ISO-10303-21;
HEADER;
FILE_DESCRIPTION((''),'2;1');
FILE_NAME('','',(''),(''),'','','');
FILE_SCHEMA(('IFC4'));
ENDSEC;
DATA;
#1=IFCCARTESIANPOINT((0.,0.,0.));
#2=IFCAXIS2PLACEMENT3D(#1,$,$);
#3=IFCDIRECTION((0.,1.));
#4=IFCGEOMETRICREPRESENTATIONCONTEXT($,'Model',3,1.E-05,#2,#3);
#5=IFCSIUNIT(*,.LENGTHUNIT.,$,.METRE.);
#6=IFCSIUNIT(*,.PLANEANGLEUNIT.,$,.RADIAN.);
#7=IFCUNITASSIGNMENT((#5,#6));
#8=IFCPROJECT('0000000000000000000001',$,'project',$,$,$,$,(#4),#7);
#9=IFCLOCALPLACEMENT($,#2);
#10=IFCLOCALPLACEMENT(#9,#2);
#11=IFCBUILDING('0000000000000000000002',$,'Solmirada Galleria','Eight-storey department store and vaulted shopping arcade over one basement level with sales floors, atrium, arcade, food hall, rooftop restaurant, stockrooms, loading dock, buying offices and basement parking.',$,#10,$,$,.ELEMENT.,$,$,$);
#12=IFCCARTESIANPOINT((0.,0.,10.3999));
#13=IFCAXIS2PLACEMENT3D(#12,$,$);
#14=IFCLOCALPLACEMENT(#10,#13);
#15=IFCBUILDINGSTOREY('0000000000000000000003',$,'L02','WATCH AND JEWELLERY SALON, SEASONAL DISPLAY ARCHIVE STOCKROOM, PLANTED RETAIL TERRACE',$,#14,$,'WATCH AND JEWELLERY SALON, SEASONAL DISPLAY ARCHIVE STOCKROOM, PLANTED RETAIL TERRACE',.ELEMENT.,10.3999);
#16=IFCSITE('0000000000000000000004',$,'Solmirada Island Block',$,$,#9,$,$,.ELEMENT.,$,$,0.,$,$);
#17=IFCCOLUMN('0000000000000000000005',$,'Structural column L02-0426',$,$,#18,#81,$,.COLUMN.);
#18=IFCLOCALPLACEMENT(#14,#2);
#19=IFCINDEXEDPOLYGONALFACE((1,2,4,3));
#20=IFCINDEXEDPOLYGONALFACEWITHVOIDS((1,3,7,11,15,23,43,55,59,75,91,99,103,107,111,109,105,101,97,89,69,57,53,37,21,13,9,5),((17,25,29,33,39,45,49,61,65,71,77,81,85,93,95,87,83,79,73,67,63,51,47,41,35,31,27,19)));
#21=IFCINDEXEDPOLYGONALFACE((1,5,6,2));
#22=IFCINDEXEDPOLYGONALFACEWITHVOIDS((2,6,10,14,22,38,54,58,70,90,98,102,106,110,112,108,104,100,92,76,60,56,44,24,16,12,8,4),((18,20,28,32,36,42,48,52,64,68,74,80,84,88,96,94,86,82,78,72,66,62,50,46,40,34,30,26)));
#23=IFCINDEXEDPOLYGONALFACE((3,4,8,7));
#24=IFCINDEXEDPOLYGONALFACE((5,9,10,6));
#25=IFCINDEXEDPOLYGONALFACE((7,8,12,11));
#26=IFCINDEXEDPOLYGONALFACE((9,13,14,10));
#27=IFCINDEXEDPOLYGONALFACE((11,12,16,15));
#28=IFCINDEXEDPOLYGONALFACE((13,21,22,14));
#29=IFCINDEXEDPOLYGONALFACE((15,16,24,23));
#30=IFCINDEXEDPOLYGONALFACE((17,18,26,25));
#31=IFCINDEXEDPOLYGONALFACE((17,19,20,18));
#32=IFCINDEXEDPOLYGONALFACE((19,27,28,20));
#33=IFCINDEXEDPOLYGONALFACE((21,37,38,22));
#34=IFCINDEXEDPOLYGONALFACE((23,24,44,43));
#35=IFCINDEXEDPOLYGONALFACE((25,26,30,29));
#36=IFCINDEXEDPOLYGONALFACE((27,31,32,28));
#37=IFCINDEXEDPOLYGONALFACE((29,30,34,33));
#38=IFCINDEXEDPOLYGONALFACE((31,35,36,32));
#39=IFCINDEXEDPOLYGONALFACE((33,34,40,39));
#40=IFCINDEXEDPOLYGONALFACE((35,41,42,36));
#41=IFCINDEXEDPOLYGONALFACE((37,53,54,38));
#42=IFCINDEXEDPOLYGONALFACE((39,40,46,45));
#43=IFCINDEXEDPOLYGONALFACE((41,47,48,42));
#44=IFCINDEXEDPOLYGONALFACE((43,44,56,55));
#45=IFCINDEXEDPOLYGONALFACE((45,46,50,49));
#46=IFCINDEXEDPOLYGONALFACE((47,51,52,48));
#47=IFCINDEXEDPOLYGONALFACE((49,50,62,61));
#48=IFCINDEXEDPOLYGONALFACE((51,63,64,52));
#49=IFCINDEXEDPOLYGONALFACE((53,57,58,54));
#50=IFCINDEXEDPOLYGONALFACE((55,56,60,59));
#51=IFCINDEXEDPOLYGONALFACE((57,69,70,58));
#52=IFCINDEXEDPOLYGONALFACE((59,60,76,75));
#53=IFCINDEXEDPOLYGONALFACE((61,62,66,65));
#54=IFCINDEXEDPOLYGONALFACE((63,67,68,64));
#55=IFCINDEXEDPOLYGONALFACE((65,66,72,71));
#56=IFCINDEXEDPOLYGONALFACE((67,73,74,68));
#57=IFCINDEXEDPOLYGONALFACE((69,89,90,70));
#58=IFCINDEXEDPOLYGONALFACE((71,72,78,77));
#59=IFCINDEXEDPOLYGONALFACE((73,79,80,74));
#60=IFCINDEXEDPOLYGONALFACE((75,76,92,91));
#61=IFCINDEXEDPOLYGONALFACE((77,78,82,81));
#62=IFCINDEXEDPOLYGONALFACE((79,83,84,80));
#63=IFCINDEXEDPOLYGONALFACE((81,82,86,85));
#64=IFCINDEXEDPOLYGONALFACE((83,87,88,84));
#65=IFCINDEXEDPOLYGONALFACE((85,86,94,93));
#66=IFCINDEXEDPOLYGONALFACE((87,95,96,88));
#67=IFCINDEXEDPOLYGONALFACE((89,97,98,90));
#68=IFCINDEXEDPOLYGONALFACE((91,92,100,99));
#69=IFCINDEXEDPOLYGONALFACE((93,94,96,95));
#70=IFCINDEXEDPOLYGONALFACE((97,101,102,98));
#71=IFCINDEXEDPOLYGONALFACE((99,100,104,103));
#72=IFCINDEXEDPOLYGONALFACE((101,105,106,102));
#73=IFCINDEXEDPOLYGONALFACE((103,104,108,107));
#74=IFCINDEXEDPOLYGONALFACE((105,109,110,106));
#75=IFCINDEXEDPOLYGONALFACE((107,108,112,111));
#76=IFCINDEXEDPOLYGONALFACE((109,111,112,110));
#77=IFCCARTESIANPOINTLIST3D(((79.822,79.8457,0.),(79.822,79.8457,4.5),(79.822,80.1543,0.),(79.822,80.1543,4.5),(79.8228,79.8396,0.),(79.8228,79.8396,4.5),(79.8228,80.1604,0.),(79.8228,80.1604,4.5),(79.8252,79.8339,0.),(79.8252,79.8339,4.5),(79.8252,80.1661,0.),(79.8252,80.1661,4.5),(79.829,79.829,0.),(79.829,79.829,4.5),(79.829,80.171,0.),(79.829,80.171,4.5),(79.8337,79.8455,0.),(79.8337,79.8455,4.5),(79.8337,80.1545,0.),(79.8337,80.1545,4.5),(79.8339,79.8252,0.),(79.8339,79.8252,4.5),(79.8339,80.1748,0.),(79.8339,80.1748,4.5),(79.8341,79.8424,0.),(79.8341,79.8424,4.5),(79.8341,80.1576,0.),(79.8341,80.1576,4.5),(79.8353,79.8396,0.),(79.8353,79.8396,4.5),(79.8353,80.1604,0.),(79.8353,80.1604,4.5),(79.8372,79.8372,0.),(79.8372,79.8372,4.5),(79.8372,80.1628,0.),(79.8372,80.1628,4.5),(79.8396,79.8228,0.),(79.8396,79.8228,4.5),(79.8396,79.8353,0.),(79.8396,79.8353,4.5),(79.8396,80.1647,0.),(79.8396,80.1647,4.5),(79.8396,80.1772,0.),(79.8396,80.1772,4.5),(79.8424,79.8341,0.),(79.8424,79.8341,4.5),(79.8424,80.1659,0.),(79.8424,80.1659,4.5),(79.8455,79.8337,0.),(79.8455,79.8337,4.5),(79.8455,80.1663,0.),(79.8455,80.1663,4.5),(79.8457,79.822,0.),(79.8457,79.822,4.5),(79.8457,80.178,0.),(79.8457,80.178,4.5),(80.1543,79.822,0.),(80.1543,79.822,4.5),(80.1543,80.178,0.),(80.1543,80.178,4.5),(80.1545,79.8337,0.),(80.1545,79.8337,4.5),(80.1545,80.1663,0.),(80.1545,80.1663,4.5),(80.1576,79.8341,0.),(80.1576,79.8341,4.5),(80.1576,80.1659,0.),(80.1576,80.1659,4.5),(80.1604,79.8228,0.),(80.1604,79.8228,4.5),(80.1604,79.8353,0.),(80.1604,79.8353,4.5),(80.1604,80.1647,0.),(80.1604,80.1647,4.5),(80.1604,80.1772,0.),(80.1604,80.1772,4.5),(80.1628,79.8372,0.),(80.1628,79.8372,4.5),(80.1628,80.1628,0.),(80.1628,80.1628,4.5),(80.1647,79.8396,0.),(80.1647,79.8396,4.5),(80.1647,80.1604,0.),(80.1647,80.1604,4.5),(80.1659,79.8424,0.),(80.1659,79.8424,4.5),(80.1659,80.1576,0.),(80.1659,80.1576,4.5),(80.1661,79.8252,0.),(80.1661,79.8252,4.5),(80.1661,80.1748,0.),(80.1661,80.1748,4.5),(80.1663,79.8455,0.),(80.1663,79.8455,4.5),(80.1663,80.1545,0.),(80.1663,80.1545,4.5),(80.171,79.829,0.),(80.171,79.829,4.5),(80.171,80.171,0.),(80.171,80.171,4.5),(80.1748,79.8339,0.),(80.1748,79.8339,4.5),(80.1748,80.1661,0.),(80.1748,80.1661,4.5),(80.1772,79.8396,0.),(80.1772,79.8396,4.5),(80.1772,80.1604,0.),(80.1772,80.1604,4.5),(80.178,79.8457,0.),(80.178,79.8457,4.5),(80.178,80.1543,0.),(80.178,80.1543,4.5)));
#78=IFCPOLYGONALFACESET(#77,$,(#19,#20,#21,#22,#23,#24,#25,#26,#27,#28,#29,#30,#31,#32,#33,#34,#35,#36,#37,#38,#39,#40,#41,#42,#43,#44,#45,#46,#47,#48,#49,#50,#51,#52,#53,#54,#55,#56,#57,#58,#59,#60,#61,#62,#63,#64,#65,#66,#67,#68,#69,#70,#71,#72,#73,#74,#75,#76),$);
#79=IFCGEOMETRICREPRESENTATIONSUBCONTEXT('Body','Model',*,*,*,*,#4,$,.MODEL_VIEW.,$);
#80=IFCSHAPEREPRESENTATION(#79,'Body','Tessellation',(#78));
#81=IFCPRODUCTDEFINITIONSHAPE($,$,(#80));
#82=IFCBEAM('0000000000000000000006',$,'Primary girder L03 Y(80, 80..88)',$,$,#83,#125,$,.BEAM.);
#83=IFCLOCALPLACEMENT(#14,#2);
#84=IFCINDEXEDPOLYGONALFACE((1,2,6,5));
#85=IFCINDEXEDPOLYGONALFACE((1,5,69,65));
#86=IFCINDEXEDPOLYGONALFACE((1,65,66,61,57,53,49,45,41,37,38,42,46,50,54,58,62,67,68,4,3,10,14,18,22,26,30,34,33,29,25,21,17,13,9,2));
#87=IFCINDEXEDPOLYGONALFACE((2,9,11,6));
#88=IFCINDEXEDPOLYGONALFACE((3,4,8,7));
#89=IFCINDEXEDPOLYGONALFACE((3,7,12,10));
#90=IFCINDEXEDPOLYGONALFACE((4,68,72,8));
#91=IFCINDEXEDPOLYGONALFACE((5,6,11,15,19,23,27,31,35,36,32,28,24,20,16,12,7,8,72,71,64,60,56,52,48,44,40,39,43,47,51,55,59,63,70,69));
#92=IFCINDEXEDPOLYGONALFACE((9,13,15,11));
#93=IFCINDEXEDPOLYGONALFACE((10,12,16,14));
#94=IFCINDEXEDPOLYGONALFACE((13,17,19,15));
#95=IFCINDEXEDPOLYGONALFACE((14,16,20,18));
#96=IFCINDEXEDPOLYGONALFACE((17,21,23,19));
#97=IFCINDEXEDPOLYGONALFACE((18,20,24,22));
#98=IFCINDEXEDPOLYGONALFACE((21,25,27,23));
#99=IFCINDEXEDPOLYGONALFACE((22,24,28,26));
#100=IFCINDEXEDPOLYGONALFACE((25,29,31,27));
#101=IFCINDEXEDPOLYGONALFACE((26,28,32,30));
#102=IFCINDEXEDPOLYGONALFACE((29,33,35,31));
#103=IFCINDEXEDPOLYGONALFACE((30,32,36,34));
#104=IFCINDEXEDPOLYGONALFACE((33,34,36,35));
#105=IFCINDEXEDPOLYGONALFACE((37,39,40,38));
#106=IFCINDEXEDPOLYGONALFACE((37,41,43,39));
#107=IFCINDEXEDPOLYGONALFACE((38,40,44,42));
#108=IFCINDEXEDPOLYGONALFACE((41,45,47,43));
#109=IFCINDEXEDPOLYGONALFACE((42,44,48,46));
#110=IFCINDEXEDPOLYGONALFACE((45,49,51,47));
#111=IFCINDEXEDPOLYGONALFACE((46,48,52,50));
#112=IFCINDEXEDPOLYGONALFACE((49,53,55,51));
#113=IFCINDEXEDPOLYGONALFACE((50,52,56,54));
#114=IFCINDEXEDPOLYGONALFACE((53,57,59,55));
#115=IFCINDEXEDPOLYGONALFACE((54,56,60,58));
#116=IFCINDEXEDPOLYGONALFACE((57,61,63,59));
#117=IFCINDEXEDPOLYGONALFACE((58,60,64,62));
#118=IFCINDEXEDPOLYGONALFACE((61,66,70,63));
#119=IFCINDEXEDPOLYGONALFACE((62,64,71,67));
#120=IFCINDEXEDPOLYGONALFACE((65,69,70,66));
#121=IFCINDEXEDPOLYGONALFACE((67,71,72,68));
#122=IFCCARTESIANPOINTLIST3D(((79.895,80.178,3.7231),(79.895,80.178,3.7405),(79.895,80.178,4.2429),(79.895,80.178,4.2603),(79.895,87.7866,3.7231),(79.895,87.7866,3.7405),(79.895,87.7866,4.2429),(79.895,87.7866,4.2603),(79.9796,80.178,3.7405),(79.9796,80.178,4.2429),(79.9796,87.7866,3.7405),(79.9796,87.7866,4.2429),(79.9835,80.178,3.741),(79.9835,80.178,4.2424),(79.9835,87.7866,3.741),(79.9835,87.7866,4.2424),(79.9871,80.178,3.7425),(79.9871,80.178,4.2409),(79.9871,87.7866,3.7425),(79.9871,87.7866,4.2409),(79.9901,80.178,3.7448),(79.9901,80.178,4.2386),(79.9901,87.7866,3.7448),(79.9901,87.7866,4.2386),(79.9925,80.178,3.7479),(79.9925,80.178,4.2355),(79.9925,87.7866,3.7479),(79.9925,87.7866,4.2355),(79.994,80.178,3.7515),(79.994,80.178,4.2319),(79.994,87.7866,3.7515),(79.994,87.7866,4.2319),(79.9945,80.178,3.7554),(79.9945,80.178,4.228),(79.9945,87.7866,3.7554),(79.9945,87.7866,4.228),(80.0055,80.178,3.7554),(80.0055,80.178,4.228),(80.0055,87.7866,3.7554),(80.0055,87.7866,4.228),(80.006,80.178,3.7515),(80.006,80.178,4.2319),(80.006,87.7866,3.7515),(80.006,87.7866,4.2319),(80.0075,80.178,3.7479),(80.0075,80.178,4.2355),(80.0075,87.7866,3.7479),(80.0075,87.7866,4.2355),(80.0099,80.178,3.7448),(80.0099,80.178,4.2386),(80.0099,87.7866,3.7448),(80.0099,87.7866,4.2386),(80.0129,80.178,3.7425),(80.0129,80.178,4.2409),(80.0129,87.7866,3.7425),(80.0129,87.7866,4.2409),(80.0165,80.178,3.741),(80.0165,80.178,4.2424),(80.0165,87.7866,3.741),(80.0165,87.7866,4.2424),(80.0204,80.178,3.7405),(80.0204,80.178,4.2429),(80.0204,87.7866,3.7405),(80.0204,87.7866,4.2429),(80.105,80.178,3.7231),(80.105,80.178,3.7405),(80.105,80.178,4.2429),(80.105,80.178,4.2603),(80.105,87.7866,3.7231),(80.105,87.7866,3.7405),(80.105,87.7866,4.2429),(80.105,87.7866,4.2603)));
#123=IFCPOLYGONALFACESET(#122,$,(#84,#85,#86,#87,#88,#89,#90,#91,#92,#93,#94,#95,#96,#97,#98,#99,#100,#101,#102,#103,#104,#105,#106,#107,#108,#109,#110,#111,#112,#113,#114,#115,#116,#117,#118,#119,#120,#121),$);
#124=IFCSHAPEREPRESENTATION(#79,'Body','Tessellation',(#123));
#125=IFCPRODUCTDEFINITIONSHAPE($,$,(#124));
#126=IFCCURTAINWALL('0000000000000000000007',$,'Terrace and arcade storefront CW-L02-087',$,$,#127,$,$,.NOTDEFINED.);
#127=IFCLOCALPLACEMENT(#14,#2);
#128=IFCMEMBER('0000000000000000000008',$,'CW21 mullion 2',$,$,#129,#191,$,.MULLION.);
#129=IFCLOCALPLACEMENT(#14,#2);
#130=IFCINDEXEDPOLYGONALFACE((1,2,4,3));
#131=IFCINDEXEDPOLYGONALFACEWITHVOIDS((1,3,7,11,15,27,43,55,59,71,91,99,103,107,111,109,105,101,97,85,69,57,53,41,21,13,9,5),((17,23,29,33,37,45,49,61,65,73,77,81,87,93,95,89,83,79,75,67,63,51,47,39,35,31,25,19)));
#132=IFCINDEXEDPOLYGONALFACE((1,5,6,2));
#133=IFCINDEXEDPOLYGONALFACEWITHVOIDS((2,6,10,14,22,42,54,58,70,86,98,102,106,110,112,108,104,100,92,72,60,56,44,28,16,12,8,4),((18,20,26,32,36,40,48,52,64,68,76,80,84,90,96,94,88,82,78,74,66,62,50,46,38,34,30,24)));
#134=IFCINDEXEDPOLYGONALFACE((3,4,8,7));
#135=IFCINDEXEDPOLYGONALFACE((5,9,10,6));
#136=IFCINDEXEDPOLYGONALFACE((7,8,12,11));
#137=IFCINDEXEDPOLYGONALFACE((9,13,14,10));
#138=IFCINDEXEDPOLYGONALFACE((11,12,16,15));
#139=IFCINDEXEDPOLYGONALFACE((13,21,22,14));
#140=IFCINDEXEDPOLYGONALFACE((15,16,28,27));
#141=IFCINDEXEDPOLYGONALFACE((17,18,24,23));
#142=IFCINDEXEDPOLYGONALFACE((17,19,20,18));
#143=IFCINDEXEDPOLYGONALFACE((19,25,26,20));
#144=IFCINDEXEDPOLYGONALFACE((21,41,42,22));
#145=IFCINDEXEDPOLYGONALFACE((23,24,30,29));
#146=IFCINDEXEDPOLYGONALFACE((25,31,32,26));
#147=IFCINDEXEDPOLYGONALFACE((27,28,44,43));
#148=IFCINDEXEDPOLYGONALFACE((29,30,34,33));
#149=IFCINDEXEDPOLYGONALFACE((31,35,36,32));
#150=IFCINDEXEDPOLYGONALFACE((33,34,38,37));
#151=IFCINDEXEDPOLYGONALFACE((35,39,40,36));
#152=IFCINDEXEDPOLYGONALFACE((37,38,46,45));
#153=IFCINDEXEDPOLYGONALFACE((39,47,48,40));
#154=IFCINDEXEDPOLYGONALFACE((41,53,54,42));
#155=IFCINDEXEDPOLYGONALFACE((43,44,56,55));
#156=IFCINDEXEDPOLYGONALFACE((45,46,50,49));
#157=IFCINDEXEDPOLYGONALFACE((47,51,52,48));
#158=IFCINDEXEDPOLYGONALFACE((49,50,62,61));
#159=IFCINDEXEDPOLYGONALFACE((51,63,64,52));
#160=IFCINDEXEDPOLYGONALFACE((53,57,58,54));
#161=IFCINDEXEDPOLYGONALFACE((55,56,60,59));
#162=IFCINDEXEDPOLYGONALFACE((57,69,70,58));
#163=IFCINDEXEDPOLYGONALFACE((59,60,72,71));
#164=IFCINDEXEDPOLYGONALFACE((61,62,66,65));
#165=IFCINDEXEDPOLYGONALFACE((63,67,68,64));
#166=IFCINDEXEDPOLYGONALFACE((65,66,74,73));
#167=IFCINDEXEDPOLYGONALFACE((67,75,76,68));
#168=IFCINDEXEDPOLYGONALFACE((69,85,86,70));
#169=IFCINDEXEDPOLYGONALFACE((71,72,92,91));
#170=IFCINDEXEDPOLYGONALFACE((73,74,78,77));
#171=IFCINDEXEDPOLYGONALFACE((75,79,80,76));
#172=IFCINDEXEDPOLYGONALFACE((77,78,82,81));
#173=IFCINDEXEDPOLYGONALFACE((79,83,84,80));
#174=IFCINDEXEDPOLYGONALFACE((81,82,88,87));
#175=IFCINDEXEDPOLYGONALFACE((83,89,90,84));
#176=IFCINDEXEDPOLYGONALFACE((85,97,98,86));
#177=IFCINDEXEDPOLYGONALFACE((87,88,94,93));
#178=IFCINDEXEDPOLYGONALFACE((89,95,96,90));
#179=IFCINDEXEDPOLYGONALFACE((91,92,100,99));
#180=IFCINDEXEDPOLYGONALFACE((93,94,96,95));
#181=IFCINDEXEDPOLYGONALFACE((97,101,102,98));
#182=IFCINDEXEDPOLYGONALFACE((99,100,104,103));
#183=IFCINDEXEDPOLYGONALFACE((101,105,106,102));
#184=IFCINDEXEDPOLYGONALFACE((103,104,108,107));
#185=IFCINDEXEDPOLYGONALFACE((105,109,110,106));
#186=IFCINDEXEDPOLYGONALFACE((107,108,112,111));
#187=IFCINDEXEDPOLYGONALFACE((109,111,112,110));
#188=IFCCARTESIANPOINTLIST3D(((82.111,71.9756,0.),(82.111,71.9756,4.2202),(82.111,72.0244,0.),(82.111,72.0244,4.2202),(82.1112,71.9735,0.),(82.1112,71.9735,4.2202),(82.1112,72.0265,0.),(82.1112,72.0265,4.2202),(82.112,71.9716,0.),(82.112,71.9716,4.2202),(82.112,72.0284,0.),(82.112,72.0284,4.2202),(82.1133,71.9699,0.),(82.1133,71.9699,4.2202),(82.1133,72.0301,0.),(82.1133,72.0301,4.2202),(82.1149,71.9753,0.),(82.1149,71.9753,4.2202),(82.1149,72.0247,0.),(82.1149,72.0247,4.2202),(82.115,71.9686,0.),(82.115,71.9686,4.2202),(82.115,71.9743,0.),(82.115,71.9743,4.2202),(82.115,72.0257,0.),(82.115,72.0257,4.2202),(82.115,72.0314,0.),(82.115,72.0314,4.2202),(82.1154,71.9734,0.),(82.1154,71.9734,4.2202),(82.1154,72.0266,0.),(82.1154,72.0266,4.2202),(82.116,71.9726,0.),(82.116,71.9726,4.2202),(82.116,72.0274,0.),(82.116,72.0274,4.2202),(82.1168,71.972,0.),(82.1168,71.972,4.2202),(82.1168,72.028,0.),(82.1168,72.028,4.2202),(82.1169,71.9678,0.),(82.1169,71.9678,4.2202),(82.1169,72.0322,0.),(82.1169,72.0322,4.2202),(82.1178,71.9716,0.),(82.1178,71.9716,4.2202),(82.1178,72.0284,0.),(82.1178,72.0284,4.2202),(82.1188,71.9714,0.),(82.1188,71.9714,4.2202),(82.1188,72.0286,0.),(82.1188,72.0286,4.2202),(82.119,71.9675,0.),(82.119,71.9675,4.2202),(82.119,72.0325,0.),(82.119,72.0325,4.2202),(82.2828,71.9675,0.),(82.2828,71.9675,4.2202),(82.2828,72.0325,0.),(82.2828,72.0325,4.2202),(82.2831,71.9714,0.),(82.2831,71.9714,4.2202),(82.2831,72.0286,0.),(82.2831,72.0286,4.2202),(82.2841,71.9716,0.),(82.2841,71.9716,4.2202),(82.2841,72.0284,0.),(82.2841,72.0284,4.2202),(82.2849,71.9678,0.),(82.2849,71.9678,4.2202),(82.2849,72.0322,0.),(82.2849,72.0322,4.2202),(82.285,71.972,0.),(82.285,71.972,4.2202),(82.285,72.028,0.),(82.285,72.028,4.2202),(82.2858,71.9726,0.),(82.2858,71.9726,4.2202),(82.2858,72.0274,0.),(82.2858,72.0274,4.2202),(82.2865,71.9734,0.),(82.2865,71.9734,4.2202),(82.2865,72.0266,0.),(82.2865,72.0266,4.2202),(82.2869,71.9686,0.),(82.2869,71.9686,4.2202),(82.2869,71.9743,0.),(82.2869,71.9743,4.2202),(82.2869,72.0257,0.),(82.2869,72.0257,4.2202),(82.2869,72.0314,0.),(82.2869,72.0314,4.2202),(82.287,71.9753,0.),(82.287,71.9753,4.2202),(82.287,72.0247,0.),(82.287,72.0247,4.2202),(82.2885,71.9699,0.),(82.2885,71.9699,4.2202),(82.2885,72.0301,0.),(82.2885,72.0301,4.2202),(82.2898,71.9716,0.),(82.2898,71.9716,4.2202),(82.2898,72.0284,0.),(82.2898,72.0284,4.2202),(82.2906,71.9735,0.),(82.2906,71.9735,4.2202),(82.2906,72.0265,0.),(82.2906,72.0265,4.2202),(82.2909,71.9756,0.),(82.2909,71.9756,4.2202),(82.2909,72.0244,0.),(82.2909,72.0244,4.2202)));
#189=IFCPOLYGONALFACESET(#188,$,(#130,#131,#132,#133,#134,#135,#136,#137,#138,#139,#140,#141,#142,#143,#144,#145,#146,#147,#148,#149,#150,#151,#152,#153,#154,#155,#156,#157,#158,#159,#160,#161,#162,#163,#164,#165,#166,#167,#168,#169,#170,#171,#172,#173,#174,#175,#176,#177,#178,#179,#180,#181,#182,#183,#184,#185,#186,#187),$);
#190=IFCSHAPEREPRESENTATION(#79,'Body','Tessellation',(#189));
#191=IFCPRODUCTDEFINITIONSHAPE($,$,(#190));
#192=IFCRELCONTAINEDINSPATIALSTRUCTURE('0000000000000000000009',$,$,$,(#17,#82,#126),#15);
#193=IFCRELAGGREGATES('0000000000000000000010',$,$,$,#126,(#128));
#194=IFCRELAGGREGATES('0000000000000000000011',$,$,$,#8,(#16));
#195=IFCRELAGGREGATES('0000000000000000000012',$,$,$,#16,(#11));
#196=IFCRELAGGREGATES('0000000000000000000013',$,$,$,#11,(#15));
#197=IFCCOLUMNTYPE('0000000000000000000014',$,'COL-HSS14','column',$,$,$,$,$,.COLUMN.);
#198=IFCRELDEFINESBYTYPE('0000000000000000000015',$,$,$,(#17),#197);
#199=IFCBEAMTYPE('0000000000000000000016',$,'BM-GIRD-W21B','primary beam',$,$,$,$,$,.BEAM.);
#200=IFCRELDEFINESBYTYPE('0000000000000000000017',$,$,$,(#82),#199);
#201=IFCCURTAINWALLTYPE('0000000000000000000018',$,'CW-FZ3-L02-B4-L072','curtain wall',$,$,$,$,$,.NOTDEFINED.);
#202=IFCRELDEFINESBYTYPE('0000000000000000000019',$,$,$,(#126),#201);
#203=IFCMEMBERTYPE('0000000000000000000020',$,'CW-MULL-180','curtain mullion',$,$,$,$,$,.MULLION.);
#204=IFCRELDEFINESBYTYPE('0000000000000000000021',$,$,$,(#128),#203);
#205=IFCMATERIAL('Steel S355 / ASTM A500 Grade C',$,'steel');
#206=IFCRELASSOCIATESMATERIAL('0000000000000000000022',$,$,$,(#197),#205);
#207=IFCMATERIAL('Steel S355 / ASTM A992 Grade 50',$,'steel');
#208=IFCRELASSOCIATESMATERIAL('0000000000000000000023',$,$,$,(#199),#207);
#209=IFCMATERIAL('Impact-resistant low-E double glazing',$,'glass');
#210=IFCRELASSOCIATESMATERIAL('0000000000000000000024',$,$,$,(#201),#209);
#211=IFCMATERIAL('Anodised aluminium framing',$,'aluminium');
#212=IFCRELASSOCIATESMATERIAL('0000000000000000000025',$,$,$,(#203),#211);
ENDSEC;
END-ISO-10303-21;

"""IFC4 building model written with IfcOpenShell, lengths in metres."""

from ifc_helpers import new_model, si_unit, direction, frame, origin, origin_2d, place, context, subcontext, project, spatial, hollow_rectangle, i_section, extrude, material, material_profile, profile_set, type_object, element, aggregate, save


model = new_model("IFC4")

# Units and contexts
model_context = context("Model", 3, precision=1e-05, world=origin(), true_north=direction((0.0, 1.0)))
body_context = subcontext(model_context, "Body", "Model", "MODEL_VIEW")
ifc_project = project(units=[si_unit("LENGTHUNIT", "METRE"), si_unit("PLANEANGLEUNIT", "RADIAN")], contexts=[model_context])

# Site, building, storey
site_placement = place(None, origin())
site = spatial("IfcSite", under=ifc_project, at=site_placement, Name="Solmirada Island Block", CompositionType="ELEMENT", RefElevation=0.0)
building_placement = place(site_placement, origin())
building = spatial("IfcBuilding", under=site, at=building_placement, Name="Solmirada Galleria", Description="Eight-storey department store and vaulted shopping arcade over one basement level with sales floors, atrium, arcade, food hall, rooftop restaurant, stockrooms, loading dock, buying offices and basement parking.", CompositionType="ELEMENT")
storey_placement = place(building_placement, frame((0.0, 0.0, 10.3999)))
storey = spatial("IfcBuildingStorey", under=building, at=storey_placement, Name="L02", Description="WATCH AND JEWELLERY SALON, SEASONAL DISPLAY ARCHIVE STOCKROOM, PLANTED RETAIL TERRACE", LongName="WATCH AND JEWELLERY SALON, SEASONAL DISPLAY ARCHIVE STOCKROOM, PLANTED RETAIL TERRACE", CompositionType="ELEMENT", Elevation=10.3999)

# Column
ifc_material_1 = material(Name="Steel S355 / ASTM A500 Grade C", Category="steel")
ifc_material_profile_1 = material_profile(ifc_material_1, hollow_rectangle(XDim=0.356, YDim=0.356, WallThickness=0.0117, InnerFilletRadius=0.0117, OuterFilletRadius=0.0237, at=origin_2d()), Name="HSS14X14X1/2")
ifc_profile_set_1 = profile_set([ifc_material_profile_1], Name="Steel S355 / ASTM A500 Grade C")
column_type = type_object("IfcColumnType", Name="COL-HSS14", Description="column", PredefinedType="COLUMN", material=ifc_profile_set_1)
column_placement = place(storey_placement, frame((80.0, 80.0, 0.0), z_axis=(0.0, 0.0, 1.0), x_axis=(1.0, 0.0, 0.0)))
element("IfcColumn", 1, at=column_placement, inside=storey, type_object=column_type, Name="Structural column L02-0426", PredefinedType="COLUMN", context=body_context, shape_type="SweptSolid", body=[
    extrude(hollow_rectangle(XDim=0.356, YDim=0.356, WallThickness=0.0117, InnerFilletRadius=0.0117, OuterFilletRadius=0.0237, at=origin_2d()), origin(), (0.0, 0.0, 1.0), 4.5),
])

# Beam
ifc_material_2 = material(Name="Steel S355 / ASTM A992 Grade 50", Category="steel")
ifc_material_profile_2 = material_profile(ifc_material_2, i_section(OverallWidth=0.21, OverallDepth=0.5371, WebThickness=0.011, FlangeThickness=0.0173, FilletRadius=0.0149, at=origin_2d()), Name="W21X68")
ifc_profile_set_2 = profile_set([ifc_material_profile_2], Name="Steel S355 / ASTM A992 Grade 50")
beam_type = type_object("IfcBeamType", Name="BM-GIRD-W21B", Description="primary beam", PredefinedType="BEAM", material=ifc_profile_set_2)
beam_placement = place(storey_placement, frame((80.0, 80.178, 3.9917), z_axis=(0.0, 1.0, 0.0), x_axis=(-1.0, 0.0, 0.0)))
element("IfcBeam", 2, at=beam_placement, inside=storey, type_object=beam_type, Name="Primary girder L03 Y(80, 80..88)", PredefinedType="BEAM", context=body_context, shape_type="SweptSolid", body=[
    extrude(i_section(OverallWidth=0.21, OverallDepth=0.5371, WebThickness=0.011, FlangeThickness=0.0173, FilletRadius=0.0149, at=origin_2d()), origin(), (0.0, 0.0, 1.0), 7.6086),
])

# Curtain wall, member
ifc_material_3 = material(Name="Impact-resistant low-E double glazing", Category="glass")
curtain_wall_type = type_object("IfcCurtainWallType", Name="CW-FZ3-L02-B4-L072", Description="curtain wall", PredefinedType="NOTDEFINED", material=ifc_material_3)
curtain_wall_placement = place(storey_placement, origin())
curtain_wall = element("IfcCurtainWall", 3, at=curtain_wall_placement, inside=storey, type_object=curtain_wall_type, Name="Terrace and arcade storefront CW-L02-087", PredefinedType="NOTDEFINED")
ifc_material_4 = material(Name="Anodised aluminium framing", Category="aluminium")
ifc_material_profile_3 = material_profile(ifc_material_4, hollow_rectangle(XDim=0.0649, YDim=0.1799, WallThickness=0.0039, InnerFilletRadius=0.0039, OuterFilletRadius=0.0081, at=origin_2d()), Name="ALU-MULL-180X65")
ifc_profile_set_3 = profile_set([ifc_material_profile_3], Name="Anodised aluminium framing")
member_type_1 = type_object("IfcMemberType", Name="CW-MULL-180", Description="curtain mullion", PredefinedType="MULLION", material=ifc_profile_set_3)
member_1_placement = place(storey_placement, frame((82.2009, 72.0, 0.0), z_axis=(0.0, 0.0, 1.0), x_axis=(0.0, 1.0, 0.0)))
member_1 = element("IfcMember", 4, at=member_1_placement, type_object=member_type_1, Name="CW21 mullion 2", PredefinedType="MULLION", context=body_context, shape_type="SweptSolid", body=[
    extrude(hollow_rectangle(XDim=0.0649, YDim=0.1799, WallThickness=0.0039, InnerFilletRadius=0.0039, OuterFilletRadius=0.0081, at=origin_2d()), origin(), (0.0, 0.0, 1.0), 4.2202),
])
aggregate(curtain_wall, [member_1])

save(model, "model.ifc")
